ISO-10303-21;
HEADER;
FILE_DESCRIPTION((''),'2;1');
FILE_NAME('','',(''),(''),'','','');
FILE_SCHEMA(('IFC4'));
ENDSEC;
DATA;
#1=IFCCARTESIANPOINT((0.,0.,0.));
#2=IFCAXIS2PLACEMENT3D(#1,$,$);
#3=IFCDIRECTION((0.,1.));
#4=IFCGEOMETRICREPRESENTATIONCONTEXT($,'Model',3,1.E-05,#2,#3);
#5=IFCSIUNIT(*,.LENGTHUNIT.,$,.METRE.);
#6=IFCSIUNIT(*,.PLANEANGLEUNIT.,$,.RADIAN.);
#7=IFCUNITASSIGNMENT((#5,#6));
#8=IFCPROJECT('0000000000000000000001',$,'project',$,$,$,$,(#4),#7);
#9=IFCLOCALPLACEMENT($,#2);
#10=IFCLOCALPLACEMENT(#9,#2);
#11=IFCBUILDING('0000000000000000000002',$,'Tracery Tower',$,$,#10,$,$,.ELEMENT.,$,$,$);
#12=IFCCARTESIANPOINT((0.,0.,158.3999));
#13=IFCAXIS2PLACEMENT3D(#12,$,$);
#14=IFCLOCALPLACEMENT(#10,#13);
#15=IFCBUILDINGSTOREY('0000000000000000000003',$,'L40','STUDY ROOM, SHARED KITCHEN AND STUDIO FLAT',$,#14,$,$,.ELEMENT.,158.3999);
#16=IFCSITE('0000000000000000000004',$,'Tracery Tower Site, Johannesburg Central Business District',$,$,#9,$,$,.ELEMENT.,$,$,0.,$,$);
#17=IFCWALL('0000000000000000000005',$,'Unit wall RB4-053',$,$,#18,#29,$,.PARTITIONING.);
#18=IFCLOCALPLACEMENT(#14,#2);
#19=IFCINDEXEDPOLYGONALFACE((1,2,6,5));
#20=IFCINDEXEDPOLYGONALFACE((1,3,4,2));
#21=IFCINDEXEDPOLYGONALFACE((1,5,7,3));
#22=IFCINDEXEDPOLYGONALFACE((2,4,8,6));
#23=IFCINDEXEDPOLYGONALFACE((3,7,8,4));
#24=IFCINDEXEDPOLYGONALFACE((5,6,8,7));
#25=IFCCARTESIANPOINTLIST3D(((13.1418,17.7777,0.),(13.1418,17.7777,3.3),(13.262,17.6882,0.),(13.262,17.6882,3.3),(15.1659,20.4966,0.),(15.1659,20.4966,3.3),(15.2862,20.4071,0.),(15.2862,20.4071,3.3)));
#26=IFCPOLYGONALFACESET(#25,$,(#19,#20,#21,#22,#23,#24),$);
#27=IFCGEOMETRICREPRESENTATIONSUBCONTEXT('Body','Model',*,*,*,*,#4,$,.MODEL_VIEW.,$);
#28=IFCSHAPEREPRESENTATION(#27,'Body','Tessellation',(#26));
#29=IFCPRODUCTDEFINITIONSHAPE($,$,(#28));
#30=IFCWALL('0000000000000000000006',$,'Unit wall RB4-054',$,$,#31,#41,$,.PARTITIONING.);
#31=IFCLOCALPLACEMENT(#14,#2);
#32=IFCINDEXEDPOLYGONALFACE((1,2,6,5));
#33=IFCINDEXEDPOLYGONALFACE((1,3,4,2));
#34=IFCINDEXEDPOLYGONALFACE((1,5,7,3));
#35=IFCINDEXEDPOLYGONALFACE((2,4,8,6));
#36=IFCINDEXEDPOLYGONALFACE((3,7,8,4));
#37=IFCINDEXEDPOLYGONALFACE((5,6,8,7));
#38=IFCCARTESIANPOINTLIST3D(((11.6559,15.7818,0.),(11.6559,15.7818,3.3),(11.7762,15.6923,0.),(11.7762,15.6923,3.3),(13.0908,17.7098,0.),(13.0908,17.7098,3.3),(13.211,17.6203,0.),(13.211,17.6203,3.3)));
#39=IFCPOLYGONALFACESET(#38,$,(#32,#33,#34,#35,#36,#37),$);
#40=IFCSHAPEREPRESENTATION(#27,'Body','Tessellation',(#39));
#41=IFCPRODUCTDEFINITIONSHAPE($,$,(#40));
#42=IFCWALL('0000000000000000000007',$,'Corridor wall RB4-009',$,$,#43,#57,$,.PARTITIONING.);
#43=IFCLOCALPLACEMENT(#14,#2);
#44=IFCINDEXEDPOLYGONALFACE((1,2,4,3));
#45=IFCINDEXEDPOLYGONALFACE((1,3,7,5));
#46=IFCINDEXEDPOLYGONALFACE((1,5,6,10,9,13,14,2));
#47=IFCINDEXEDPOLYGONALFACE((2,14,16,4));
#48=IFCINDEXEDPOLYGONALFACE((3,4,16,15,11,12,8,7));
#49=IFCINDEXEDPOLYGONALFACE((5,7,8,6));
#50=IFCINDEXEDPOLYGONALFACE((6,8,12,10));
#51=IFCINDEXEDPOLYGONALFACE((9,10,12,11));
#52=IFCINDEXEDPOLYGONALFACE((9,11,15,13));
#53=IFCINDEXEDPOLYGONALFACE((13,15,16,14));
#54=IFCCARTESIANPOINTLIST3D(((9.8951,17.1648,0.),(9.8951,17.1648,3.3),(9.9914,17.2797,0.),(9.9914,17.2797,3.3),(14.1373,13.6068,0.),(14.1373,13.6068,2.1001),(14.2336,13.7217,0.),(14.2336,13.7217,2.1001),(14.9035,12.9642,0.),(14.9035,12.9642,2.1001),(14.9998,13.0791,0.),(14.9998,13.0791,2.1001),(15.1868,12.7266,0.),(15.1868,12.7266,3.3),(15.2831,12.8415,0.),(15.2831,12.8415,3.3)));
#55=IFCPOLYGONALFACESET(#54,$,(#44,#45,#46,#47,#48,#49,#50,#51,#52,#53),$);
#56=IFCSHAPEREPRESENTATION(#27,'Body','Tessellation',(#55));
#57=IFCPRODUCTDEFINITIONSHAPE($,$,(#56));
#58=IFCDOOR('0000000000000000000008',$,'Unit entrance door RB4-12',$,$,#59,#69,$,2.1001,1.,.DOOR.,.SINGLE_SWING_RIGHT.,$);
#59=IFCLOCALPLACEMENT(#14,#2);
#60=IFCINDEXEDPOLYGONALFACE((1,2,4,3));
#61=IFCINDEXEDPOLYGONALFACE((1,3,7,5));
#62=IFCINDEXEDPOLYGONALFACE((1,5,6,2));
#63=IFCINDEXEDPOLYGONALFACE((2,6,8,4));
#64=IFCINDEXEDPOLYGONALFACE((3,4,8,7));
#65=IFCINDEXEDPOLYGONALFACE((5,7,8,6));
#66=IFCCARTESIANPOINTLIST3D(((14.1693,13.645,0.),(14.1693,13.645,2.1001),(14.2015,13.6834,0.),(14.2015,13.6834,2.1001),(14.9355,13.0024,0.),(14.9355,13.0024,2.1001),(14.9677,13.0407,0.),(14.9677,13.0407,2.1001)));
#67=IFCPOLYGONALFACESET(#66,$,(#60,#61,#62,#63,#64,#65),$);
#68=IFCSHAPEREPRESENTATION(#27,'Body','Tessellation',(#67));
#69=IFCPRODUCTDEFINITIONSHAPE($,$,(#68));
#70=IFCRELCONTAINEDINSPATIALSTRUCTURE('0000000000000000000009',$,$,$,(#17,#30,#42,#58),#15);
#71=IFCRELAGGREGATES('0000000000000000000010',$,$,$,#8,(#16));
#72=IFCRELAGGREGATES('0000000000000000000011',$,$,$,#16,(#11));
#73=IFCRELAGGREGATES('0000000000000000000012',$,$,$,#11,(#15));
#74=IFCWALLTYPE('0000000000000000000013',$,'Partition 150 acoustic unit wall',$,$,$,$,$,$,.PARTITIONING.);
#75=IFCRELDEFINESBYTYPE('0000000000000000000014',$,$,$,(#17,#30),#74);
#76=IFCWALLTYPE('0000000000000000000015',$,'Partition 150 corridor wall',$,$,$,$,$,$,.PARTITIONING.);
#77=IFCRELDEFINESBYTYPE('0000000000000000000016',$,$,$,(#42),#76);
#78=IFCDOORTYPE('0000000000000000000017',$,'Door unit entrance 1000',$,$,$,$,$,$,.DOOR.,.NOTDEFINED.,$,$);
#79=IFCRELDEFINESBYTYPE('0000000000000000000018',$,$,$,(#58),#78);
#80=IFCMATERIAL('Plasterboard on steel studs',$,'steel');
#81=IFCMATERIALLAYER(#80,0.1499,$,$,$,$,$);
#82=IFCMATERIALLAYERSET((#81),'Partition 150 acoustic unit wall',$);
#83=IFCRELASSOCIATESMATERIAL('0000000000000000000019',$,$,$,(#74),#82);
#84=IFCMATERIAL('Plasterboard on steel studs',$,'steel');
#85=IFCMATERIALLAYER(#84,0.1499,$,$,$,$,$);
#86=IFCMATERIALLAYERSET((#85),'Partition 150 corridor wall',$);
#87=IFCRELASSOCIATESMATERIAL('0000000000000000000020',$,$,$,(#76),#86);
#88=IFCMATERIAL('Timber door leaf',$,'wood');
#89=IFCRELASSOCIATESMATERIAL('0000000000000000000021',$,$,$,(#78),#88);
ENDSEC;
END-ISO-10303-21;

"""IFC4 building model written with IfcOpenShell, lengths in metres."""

from ifc_helpers import new_model, si_unit, direction, frame, frame_2d, origin, place, context, subcontext, project, spatial, rectangle, extrude, material, layer, layer_set, type_object, element, fill, save


model = new_model("IFC4")

# Units and contexts
model_context = context("Model", 3, precision=1e-05, world=origin(), true_north=direction((0.0, 1.0)))
body_context = subcontext(model_context, "Body", "Model", "MODEL_VIEW")
ifc_project = project(units=[si_unit("LENGTHUNIT", "METRE"), si_unit("PLANEANGLEUNIT", "RADIAN")], contexts=[model_context])

# Site, building, storey
site_placement = place(None, origin())
site = spatial("IfcSite", under=ifc_project, at=site_placement, Name="Tracery Tower Site, Johannesburg Central Business District", CompositionType="ELEMENT", RefElevation=0.0)
building_placement = place(site_placement, origin())
building = spatial("IfcBuilding", under=site, at=building_placement, Name="Tracery Tower", CompositionType="ELEMENT")
storey_placement = place(building_placement, frame((0.0, 0.0, 158.3999)))
storey = spatial("IfcBuildingStorey", under=building, at=storey_placement, Name="L40", Description="STUDY ROOM, SHARED KITCHEN AND STUDIO FLAT", CompositionType="ELEMENT", Elevation=158.3999)

# Walls
ifc_material_1 = material(Name="Plasterboard on steel studs", Category="steel")
ifc_layer_1 = layer(ifc_material_1, 0.1499)
ifc_layer_set_1 = layer_set([ifc_layer_1], Name="Partition 150 acoustic unit wall")
wall_type_1 = type_object("IfcWallType", Name="Partition 150 acoustic unit wall", PredefinedType="PARTITIONING", material=ifc_layer_set_1)
wall_1_placement = place(storey_placement, frame((13.2019, 17.7329, 0.0), z_axis=(0.0, 0.0, 1.0), x_axis=(0.59715, 0.80213, 0.0)))
element("IfcWall", 1, at=wall_1_placement, inside=storey, type_object=wall_type_1, Name="Unit wall RB4-053", PredefinedType="PARTITIONING", context=body_context, shape_type="SweptSolid", body=[
    extrude(rectangle(XDim=3.3896, YDim=0.1499, at=frame_2d((1.6948, 0.0))), origin(), (0.0, 0.0, 1.0), 3.3),
])
wall_2_placement = place(storey_placement, frame((11.7161, 15.7371, 0.0), z_axis=(0.0, 0.0, 1.0), x_axis=(0.597021, 0.802225, 0.0)))
element("IfcWall", 2, at=wall_2_placement, inside=storey, type_object=wall_type_1, Name="Unit wall RB4-054", PredefinedType="PARTITIONING", context=body_context, shape_type="SweptSolid", body=[
    extrude(rectangle(XDim=2.4033, YDim=0.1499, at=frame_2d((1.2017, 0.0))), origin(), (0.0, 0.0, 1.0), 3.3),
])

# Wall, opening, door
ifc_material_2 = material(Name="Plasterboard on steel studs", Category="steel")
ifc_layer_2 = layer(ifc_material_2, 0.1499)
ifc_layer_set_2 = layer_set([ifc_layer_2], Name="Partition 150 corridor wall")
wall_type_2 = type_object("IfcWallType", Name="Partition 150 corridor wall", PredefinedType="PARTITIONING", material=ifc_layer_set_2)
wall_3_placement = place(storey_placement, frame((9.9434, 17.2222, 0.0), z_axis=(0.0, 0.0, 1.0), x_axis=(0.766192, -0.642612, 0.0)))
wall_3 = element("IfcWall", 3, at=wall_3_placement, inside=storey, type_object=wall_type_2, Name="Corridor wall RB4-009", PredefinedType="PARTITIONING", context=body_context, shape_type="SweptSolid", body=[
    extrude(rectangle(XDim=6.9065, YDim=0.1499, at=frame_2d((3.4531, 0.0))), origin(), (0.0, 0.0, 1.0), 3.3),
])
opening_1_placement = place(wall_3_placement, frame((5.5366, 0.0, 0.0)))
opening_1 = element("IfcOpeningElement", 4, at=opening_1_placement, cuts=wall_3, PredefinedType="OPENING", context=body_context, shape_type="SweptSolid", body=[
    extrude(rectangle(XDim=1.0, YDim=2.1001, at=frame_2d((0.5, 1.05))), frame((0.0, 0.075, 0.0), z_axis=(0.0, -1.0, 0.0), x_axis=(1.0, 0.0, 0.0)), (0.0, 0.0, 1.0), 0.1499),
])
ifc_material_3 = material(Name="Timber door leaf", Category="wood")
door_type_1 = type_object("IfcDoorType", Name="Door unit entrance 1000", OperationType="NOTDEFINED", PredefinedType="DOOR", material=ifc_material_3)
door_1_placement = place(opening_1_placement, origin())
door_1 = element("IfcDoor", 5, at=door_1_placement, inside=storey, type_object=door_type_1, Name="Unit entrance door RB4-12", OperationType="SINGLE_SWING_RIGHT", OverallHeight=2.1001, OverallWidth=1.0, PredefinedType="DOOR", context=body_context, shape_type="SweptSolid", body=[
    extrude(rectangle(XDim=1.0, YDim=2.1001, at=frame_2d((0.5, 1.05))), frame((0.0, 0.0249, 0.0), z_axis=(0.0, -1.0, 0.0), x_axis=(1.0, 0.0, 0.0)), (0.0, 0.0, 1.0), 0.05),
])
fill(opening_1, door_1)

save(model, "model.ifc")
